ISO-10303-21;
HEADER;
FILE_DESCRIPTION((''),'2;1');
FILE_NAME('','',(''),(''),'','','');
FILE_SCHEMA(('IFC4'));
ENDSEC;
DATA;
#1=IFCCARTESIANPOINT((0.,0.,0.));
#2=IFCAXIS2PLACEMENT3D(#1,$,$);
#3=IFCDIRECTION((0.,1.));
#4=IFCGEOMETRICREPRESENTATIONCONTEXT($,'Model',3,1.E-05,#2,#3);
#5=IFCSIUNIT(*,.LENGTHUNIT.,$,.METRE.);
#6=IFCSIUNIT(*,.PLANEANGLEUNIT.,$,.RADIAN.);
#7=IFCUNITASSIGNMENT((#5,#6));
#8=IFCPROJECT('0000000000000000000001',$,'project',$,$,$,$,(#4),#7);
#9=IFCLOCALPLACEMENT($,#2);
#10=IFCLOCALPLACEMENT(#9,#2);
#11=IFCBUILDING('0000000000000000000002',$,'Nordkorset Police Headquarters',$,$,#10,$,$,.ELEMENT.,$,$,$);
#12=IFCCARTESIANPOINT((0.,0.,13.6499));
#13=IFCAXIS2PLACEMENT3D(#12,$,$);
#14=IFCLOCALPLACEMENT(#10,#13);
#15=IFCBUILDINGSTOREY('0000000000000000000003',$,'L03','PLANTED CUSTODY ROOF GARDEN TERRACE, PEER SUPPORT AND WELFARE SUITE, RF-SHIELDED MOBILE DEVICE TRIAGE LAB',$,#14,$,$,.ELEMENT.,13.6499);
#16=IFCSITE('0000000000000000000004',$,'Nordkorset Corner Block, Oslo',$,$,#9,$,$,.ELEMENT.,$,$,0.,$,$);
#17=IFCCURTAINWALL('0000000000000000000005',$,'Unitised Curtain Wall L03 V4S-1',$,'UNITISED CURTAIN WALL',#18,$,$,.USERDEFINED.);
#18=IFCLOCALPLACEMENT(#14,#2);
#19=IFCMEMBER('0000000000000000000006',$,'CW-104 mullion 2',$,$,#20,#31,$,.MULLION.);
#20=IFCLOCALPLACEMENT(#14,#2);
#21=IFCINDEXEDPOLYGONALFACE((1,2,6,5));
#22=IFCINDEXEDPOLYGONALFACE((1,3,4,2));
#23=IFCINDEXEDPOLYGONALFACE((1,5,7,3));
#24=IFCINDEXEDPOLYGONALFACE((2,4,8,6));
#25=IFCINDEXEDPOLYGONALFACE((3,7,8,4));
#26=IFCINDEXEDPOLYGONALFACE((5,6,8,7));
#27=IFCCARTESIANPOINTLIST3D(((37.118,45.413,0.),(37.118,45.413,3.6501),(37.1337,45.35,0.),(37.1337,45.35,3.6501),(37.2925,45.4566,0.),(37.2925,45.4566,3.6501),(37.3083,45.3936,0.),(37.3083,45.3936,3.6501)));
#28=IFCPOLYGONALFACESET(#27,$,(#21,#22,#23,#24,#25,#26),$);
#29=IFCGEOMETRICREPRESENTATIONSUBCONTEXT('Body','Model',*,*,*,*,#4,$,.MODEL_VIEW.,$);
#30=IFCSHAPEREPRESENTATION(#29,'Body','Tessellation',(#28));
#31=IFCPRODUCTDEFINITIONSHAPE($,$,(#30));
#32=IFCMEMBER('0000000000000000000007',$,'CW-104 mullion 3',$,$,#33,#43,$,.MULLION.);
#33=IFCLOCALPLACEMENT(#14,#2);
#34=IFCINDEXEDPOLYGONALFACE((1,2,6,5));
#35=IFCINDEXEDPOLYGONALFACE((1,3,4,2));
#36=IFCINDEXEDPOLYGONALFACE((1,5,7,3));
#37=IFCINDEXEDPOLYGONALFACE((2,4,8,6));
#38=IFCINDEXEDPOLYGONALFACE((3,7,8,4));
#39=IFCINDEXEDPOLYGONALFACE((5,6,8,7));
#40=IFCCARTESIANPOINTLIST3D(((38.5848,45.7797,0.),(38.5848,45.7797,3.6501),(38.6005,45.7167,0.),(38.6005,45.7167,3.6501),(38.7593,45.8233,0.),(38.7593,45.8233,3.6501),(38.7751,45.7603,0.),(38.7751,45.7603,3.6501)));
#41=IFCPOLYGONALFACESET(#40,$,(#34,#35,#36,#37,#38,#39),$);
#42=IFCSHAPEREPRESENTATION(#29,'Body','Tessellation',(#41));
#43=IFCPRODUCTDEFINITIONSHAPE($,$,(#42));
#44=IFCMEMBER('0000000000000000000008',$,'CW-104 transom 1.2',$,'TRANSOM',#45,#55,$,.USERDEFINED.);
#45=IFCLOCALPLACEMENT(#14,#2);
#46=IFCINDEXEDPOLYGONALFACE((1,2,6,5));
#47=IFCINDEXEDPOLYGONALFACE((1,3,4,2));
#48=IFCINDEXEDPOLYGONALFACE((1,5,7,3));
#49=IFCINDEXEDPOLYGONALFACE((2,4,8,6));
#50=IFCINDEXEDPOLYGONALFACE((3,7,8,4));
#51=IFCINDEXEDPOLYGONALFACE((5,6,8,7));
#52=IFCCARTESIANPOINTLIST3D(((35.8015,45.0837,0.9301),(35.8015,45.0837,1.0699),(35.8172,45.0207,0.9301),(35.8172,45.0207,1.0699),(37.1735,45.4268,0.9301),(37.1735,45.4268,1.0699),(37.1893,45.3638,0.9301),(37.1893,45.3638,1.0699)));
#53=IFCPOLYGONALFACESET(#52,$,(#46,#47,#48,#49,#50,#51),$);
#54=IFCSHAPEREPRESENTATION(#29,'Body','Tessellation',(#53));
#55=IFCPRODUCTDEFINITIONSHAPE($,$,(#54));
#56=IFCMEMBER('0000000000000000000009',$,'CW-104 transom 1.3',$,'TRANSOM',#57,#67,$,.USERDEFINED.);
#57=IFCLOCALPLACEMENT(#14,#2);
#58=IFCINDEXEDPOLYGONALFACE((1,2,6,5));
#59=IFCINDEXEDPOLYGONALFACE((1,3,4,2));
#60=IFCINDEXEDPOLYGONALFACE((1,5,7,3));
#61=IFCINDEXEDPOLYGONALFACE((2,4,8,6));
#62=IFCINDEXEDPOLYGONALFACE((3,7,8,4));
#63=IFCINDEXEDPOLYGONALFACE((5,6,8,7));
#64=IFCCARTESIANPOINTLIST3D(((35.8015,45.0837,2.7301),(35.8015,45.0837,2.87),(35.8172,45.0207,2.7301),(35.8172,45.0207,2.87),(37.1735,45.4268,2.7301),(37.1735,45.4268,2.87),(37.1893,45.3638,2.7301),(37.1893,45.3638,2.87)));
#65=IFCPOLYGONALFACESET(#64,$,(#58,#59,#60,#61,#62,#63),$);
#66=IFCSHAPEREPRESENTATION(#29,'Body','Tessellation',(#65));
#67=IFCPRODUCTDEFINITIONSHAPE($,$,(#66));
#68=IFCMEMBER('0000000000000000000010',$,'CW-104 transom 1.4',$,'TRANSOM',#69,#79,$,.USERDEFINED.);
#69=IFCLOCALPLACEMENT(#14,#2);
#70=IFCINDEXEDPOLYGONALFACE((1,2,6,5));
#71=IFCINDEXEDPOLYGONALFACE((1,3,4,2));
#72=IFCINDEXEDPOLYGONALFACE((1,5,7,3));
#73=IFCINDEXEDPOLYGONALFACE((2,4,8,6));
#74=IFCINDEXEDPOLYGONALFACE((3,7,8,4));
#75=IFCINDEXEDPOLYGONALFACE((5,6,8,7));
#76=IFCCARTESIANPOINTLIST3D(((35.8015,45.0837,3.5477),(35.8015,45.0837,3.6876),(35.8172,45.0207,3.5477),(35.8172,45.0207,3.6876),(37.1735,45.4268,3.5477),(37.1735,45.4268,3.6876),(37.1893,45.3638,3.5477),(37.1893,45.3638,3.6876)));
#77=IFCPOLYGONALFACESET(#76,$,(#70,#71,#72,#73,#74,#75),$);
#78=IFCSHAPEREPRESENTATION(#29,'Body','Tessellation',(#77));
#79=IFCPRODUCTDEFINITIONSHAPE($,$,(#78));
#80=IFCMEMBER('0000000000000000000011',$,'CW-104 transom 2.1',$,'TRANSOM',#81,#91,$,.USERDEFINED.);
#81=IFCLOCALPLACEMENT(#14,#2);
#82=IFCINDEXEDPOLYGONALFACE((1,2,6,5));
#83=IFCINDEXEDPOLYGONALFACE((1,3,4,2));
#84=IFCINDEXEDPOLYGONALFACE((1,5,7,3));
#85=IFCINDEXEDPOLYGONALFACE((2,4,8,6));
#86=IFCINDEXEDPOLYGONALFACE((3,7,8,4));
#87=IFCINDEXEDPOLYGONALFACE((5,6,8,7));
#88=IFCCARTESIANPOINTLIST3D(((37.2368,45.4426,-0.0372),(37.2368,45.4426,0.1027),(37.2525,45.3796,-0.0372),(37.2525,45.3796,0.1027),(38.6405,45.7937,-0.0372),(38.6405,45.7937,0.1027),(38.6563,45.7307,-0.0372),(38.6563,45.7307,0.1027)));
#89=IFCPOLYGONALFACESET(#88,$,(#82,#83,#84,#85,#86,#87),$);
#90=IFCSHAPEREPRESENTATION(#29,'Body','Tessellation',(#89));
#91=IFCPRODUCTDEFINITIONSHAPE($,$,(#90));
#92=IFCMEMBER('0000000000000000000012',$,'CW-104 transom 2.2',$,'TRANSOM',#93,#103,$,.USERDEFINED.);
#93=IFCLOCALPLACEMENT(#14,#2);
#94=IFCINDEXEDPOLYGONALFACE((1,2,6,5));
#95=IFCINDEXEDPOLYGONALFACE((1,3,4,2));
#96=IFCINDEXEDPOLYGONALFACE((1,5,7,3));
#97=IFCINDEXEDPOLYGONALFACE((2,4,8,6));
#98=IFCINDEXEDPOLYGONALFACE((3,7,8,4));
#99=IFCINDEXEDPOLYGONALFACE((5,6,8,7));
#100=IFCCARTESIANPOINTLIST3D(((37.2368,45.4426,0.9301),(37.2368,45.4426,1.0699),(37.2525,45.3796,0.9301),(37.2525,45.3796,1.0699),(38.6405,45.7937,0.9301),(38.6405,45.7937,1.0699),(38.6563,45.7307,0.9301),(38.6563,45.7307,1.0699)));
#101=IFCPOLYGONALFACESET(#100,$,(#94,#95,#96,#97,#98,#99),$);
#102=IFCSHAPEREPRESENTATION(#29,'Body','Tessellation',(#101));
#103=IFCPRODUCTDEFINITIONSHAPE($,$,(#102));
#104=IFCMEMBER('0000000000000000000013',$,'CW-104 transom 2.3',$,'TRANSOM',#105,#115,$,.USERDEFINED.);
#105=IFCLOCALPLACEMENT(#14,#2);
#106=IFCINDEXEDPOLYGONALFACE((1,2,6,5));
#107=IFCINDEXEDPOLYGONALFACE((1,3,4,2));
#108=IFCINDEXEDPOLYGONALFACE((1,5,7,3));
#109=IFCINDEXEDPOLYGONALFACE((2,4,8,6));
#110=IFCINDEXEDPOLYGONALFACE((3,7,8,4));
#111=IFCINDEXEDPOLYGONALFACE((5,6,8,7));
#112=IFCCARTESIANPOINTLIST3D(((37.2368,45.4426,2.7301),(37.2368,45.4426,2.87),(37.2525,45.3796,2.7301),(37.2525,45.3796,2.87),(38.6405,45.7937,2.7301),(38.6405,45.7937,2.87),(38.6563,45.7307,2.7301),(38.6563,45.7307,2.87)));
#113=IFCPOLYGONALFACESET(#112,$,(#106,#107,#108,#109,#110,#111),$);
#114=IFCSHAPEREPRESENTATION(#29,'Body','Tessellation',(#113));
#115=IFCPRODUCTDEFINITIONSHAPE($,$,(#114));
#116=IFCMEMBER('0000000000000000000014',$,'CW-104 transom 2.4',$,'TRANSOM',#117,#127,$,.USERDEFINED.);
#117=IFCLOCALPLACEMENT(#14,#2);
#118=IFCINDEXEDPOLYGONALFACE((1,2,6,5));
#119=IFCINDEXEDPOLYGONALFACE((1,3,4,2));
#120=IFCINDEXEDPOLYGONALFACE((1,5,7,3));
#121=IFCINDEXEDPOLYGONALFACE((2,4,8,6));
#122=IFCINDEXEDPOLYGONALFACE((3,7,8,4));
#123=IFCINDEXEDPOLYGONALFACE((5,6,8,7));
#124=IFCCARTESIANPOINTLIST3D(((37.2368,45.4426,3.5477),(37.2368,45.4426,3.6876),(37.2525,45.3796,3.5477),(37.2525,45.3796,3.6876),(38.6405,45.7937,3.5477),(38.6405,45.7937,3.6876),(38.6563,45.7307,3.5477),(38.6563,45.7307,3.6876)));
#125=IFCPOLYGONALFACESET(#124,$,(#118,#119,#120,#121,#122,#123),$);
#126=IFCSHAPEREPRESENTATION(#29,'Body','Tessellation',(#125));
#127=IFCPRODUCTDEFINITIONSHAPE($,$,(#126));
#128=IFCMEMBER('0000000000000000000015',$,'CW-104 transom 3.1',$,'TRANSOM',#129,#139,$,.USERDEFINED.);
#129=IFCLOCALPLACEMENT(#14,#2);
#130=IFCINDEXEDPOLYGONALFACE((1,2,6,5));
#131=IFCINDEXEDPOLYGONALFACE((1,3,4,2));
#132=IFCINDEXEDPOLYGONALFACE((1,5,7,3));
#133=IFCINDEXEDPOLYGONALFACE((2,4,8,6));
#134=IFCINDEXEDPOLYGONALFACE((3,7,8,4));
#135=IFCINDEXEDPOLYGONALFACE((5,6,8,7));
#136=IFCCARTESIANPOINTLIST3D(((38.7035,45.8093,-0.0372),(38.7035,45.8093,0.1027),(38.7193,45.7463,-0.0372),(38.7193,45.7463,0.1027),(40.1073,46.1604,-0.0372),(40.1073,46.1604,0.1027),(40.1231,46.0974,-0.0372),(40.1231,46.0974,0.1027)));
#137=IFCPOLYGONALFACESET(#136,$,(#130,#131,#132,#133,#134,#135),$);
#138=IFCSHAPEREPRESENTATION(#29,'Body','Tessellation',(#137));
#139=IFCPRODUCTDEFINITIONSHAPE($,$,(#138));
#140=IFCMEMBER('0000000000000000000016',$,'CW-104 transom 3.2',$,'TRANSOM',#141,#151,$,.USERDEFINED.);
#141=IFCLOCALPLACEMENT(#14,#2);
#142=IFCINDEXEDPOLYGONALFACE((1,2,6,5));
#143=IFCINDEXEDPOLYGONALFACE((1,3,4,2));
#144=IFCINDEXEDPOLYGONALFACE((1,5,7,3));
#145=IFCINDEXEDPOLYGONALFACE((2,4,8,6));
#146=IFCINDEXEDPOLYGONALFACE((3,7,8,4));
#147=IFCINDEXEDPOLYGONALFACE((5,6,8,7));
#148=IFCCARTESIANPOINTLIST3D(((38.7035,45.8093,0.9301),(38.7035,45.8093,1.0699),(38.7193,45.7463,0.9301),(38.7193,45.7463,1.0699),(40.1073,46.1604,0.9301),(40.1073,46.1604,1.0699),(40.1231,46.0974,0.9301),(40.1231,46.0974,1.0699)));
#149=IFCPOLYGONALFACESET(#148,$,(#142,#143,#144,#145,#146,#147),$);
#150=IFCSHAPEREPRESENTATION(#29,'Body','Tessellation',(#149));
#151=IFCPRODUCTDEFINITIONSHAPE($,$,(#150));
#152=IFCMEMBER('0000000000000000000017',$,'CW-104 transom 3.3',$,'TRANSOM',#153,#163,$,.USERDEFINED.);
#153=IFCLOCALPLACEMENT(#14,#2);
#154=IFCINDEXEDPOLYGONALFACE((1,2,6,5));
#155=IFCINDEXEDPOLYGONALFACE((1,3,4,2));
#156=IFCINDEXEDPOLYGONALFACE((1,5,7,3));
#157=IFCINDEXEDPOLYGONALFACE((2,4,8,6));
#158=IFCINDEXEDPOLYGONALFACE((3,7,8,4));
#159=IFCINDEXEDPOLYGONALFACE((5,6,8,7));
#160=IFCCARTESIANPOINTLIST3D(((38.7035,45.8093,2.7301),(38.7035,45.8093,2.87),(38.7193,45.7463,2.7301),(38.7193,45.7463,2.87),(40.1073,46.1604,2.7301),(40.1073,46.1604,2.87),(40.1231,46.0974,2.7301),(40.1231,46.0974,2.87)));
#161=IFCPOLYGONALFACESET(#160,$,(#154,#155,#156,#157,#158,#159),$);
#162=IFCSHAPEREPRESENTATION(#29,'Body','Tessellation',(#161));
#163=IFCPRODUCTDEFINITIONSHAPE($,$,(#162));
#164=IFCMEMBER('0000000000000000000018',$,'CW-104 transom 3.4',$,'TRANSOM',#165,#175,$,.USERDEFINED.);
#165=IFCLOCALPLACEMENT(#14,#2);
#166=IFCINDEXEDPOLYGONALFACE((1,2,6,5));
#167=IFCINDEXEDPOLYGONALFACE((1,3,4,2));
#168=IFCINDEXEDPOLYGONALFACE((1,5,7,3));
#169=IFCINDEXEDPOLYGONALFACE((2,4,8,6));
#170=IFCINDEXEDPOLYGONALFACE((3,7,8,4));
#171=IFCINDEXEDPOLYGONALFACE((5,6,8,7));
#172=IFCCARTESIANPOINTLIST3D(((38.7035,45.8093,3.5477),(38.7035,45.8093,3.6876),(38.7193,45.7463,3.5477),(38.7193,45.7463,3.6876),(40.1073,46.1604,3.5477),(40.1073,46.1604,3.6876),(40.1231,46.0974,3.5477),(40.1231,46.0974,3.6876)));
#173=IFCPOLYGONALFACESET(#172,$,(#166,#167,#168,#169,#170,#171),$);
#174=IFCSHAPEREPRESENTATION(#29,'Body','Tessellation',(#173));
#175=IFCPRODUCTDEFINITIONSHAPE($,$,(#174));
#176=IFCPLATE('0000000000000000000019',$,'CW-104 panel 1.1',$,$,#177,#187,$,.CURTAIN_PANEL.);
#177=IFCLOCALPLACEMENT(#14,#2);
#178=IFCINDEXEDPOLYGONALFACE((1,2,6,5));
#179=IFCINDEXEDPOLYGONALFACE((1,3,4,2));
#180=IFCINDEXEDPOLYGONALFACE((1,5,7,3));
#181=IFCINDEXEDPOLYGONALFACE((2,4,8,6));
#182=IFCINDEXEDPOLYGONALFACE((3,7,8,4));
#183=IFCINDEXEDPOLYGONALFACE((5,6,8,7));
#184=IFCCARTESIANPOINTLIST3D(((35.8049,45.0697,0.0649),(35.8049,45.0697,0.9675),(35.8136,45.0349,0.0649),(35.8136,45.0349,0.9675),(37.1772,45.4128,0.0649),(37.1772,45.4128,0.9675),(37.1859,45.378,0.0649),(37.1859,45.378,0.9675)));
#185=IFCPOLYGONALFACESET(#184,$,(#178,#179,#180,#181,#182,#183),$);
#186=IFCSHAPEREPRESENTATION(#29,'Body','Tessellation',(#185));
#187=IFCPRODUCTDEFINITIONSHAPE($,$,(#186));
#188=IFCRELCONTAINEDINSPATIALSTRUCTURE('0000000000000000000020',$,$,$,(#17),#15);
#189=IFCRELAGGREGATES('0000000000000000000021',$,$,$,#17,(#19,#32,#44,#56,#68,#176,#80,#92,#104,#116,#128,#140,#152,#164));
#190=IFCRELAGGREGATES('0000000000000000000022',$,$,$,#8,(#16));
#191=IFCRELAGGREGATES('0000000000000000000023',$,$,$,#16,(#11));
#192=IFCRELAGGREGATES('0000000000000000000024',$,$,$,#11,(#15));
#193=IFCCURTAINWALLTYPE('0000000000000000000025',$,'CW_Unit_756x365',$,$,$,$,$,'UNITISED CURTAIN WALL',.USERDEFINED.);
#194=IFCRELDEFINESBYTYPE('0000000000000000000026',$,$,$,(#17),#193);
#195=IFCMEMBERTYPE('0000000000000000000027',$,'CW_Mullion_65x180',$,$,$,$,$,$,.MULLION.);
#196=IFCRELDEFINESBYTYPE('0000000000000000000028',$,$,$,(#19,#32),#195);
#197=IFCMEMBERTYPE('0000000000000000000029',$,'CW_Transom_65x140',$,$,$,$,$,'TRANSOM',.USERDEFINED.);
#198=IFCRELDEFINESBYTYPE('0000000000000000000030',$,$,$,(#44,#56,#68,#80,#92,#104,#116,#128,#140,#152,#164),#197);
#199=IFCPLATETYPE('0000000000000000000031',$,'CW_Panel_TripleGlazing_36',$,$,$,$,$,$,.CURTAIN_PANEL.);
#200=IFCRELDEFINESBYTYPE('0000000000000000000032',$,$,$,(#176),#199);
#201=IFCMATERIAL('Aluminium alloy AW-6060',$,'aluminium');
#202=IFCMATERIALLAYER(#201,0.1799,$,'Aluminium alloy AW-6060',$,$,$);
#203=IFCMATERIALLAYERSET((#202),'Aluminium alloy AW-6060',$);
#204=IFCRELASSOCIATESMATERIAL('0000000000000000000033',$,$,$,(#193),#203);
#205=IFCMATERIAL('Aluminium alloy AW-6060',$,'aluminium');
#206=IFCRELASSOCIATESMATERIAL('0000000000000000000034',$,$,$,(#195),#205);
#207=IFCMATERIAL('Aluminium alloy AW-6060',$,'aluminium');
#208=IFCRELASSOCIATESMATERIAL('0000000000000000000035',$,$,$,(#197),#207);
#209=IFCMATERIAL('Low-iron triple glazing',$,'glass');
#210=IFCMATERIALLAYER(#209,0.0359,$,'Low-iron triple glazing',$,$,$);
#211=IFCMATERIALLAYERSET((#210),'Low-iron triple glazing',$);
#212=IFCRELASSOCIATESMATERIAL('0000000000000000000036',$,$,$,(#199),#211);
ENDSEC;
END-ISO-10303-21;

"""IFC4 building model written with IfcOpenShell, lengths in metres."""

from ifc_helpers import new_model, si_unit, direction, frame, origin, origin_2d, place, context, subcontext, project, spatial, rectangle, extrude, material, layer, layer_set, material_profile, profile_set, type_object, element, aggregate, save


model = new_model("IFC4")

# Units and contexts
model_context = context("Model", 3, precision=1e-05, world=origin(), true_north=direction((0.0, 1.0)))
body_context = subcontext(model_context, "Body", "Model", "MODEL_VIEW")
ifc_project = project(units=[si_unit("LENGTHUNIT", "METRE"), si_unit("PLANEANGLEUNIT", "RADIAN")], contexts=[model_context])

# Site, building, storey
site_placement = place(None, origin())
site = spatial("IfcSite", under=ifc_project, at=site_placement, Name="Nordkorset Corner Block, Oslo", CompositionType="ELEMENT", RefElevation=0.0)
building_placement = place(site_placement, origin())
building = spatial("IfcBuilding", under=site, at=building_placement, Name="Nordkorset Police Headquarters", CompositionType="ELEMENT")
storey_placement = place(building_placement, frame((0.0, 0.0, 13.6499)))
storey = spatial("IfcBuildingStorey", under=building, at=storey_placement, Name="L03", Description="PLANTED CUSTODY ROOF GARDEN TERRACE, PEER SUPPORT AND WELFARE SUITE, RF-SHIELDED MOBILE DEVICE TRIAGE LAB", CompositionType="ELEMENT", Elevation=13.6499)

# Curtain wall, members, plate
ifc_material_1 = material(Name="Aluminium alloy AW-6060", Category="aluminium")
ifc_layer_1 = layer(ifc_material_1, 0.1799, Name="Aluminium alloy AW-6060")
ifc_layer_set_1 = layer_set([ifc_layer_1], Name="Aluminium alloy AW-6060")
curtain_wall_type = type_object("IfcCurtainWallType", Name="CW_Unit_756x365", ElementType="UNITISED CURTAIN WALL", PredefinedType="USERDEFINED", material=ifc_layer_set_1)
curtain_wall_placement = place(storey_placement, origin())
curtain_wall = element("IfcCurtainWall", 1, at=curtain_wall_placement, inside=storey, type_object=curtain_wall_type, Name="Unitised Curtain Wall L03 V4S-1", ObjectType="UNITISED CURTAIN WALL", PredefinedType="USERDEFINED")
ifc_material_2 = material(Name="Aluminium alloy AW-6060", Category="aluminium")
ifc_material_profile_1 = material_profile(ifc_material_2, rectangle(XDim=0.0649, YDim=0.1799, at=origin_2d()), Name="ALU MULL 65x180")
ifc_profile_set_1 = profile_set([ifc_material_profile_1], Name="Aluminium alloy AW-6060")
member_type_1 = type_object("IfcMemberType", Name="CW_Mullion_65x180", PredefinedType="MULLION", material=ifc_profile_set_1)
member_1_placement = place(storey_placement, frame((37.2131, 45.4033, 0.0), z_axis=(0.0, 0.0, 1.0), x_axis=(-0.242536, 0.970143, 0.0)))
member_1 = element("IfcMember", 2, at=member_1_placement, type_object=member_type_1, Name="CW-104 mullion 2", PredefinedType="MULLION", context=body_context, shape_type="SweptSolid", body=[
    extrude(rectangle(XDim=0.0649, YDim=0.1799, at=origin_2d()), origin(), (0.0, 0.0, 1.0), 3.6501),
])
member_2_placement = place(storey_placement, frame((38.6799, 45.77, 0.0), z_axis=(0.0, 0.0, 1.0), x_axis=(-0.242536, 0.970143, 0.0)))
member_2 = element("IfcMember", 3, at=member_2_placement, type_object=member_type_1, Name="CW-104 mullion 3", PredefinedType="MULLION", context=body_context, shape_type="SweptSolid", body=[
    extrude(rectangle(XDim=0.0649, YDim=0.1799, at=origin_2d()), origin(), (0.0, 0.0, 1.0), 3.6501),
])
ifc_material_3 = material(Name="Aluminium alloy AW-6060", Category="aluminium")
ifc_material_profile_2 = material_profile(ifc_material_3, rectangle(XDim=0.0649, YDim=0.1399, at=origin_2d()), Name="ALU TRAN 65x140")
ifc_profile_set_2 = profile_set([ifc_material_profile_2], Name="Aluminium alloy AW-6060")
member_type_2 = type_object("IfcMemberType", Name="CW_Transom_65x140", ElementType="TRANSOM", PredefinedType="USERDEFINED", material=ifc_profile_set_2)
member_3_placement = place(storey_placement, frame((35.8093, 45.0522, 1.0), z_axis=(0.970143, 0.242536, 0.0), x_axis=(-0.242536, 0.970143, 0.0)))
member_3 = element("IfcMember", 4, at=member_3_placement, type_object=member_type_2, Name="CW-104 transom 1.2", ObjectType="TRANSOM", PredefinedType="USERDEFINED", context=body_context, shape_type="SweptSolid", body=[
    extrude(rectangle(XDim=0.0649, YDim=0.1399, at=origin_2d()), origin(), (0.0, 0.0, 1.0), 1.4143),
])
member_4_placement = place(storey_placement, frame((35.8093, 45.0522, 2.8), z_axis=(0.970143, 0.242536, 0.0), x_axis=(-0.242536, 0.970143, 0.0)))
member_4 = element("IfcMember", 5, at=member_4_placement, type_object=member_type_2, Name="CW-104 transom 1.3", ObjectType="TRANSOM", PredefinedType="USERDEFINED", context=body_context, shape_type="SweptSolid", body=[
    extrude(rectangle(XDim=0.0649, YDim=0.1399, at=origin_2d()), origin(), (0.0, 0.0, 1.0), 1.4143),
])
member_5_placement = place(storey_placement, frame((35.8093, 45.0522, 3.6177), z_axis=(0.970143, 0.242536, 0.0), x_axis=(-0.242536, 0.970143, 0.0)))
member_5 = element("IfcMember", 6, at=member_5_placement, type_object=member_type_2, Name="CW-104 transom 1.4", ObjectType="TRANSOM", PredefinedType="USERDEFINED", context=body_context, shape_type="SweptSolid", body=[
    extrude(rectangle(XDim=0.0649, YDim=0.1399, at=origin_2d()), origin(), (0.0, 0.0, 1.0), 1.4143),
])
member_6_placement = place(storey_placement, frame((37.2446, 45.4111, 0.0327), z_axis=(0.970123, 0.242615, 0.0), x_axis=(-0.242615, 0.970123, 0.0)))
member_6 = element("IfcMember", 7, at=member_6_placement, type_object=member_type_2, Name="CW-104 transom 2.1", ObjectType="TRANSOM", PredefinedType="USERDEFINED", context=body_context, shape_type="SweptSolid", body=[
    extrude(rectangle(XDim=0.0649, YDim=0.1399, at=origin_2d()), origin(), (0.0, 0.0, 1.0), 1.447),
])
member_7_placement = place(storey_placement, frame((37.2446, 45.4111, 1.0), z_axis=(0.970123, 0.242615, 0.0), x_axis=(-0.242615, 0.970123, 0.0)))
member_7 = element("IfcMember", 8, at=member_7_placement, type_object=member_type_2, Name="CW-104 transom 2.2", ObjectType="TRANSOM", PredefinedType="USERDEFINED", context=body_context, shape_type="SweptSolid", body=[
    extrude(rectangle(XDim=0.0649, YDim=0.1399, at=origin_2d()), origin(), (0.0, 0.0, 1.0), 1.447),
])
member_8_placement = place(storey_placement, frame((37.2446, 45.4111, 2.8), z_axis=(0.970123, 0.242615, 0.0), x_axis=(-0.242615, 0.970123, 0.0)))
member_8 = element("IfcMember", 9, at=member_8_placement, type_object=member_type_2, Name="CW-104 transom 2.3", ObjectType="TRANSOM", PredefinedType="USERDEFINED", context=body_context, shape_type="SweptSolid", body=[
    extrude(rectangle(XDim=0.0649, YDim=0.1399, at=origin_2d()), origin(), (0.0, 0.0, 1.0), 1.447),
])
member_9_placement = place(storey_placement, frame((37.2446, 45.4111, 3.6177), z_axis=(0.970123, 0.242615, 0.0), x_axis=(-0.242615, 0.970123, 0.0)))
member_9 = element("IfcMember", 10, at=member_9_placement, type_object=member_type_2, Name="CW-104 transom 2.4", ObjectType="TRANSOM", PredefinedType="USERDEFINED", context=body_context, shape_type="SweptSolid", body=[
    extrude(rectangle(XDim=0.0649, YDim=0.1399, at=origin_2d()), origin(), (0.0, 0.0, 1.0), 1.447),
])
member_10_placement = place(storey_placement, frame((38.7114, 45.7778, 0.0327), z_axis=(0.970123, 0.242615, 0.0), x_axis=(-0.242615, 0.970123, 0.0)))
member_10 = element("IfcMember", 11, at=member_10_placement, type_object=member_type_2, Name="CW-104 transom 3.1", ObjectType="TRANSOM", PredefinedType="USERDEFINED", context=body_context, shape_type="SweptSolid", body=[
    extrude(rectangle(XDim=0.0649, YDim=0.1399, at=origin_2d()), origin(), (0.0, 0.0, 1.0), 1.447),
])
member_11_placement = place(storey_placement, frame((38.7114, 45.7778, 1.0), z_axis=(0.970123, 0.242615, 0.0), x_axis=(-0.242615, 0.970123, 0.0)))
member_11 = element("IfcMember", 12, at=member_11_placement, type_object=member_type_2, Name="CW-104 transom 3.2", ObjectType="TRANSOM", PredefinedType="USERDEFINED", context=body_context, shape_type="SweptSolid", body=[
    extrude(rectangle(XDim=0.0649, YDim=0.1399, at=origin_2d()), origin(), (0.0, 0.0, 1.0), 1.447),
])
member_12_placement = place(storey_placement, frame((38.7114, 45.7778, 2.8), z_axis=(0.970123, 0.242615, 0.0), x_axis=(-0.242615, 0.970123, 0.0)))
member_12 = element("IfcMember", 13, at=member_12_placement, type_object=member_type_2, Name="CW-104 transom 3.3", ObjectType="TRANSOM", PredefinedType="USERDEFINED", context=body_context, shape_type="SweptSolid", body=[
    extrude(rectangle(XDim=0.0649, YDim=0.1399, at=origin_2d()), origin(), (0.0, 0.0, 1.0), 1.447),
])
member_13_placement = place(storey_placement, frame((38.7114, 45.7778, 3.6177), z_axis=(0.970123, 0.242615, 0.0), x_axis=(-0.242615, 0.970123, 0.0)))
member_13 = element("IfcMember", 14, at=member_13_placement, type_object=member_type_2, Name="CW-104 transom 3.4", ObjectType="TRANSOM", PredefinedType="USERDEFINED", context=body_context, shape_type="SweptSolid", body=[
    extrude(rectangle(XDim=0.0649, YDim=0.1399, at=origin_2d()), origin(), (0.0, 0.0, 1.0), 1.447),
])
ifc_material_4 = material(Name="Low-iron triple glazing", Category="glass")
ifc_layer_2 = layer(ifc_material_4, 0.0359, Name="Low-iron triple glazing")
ifc_layer_set_2 = layer_set([ifc_layer_2], Name="Low-iron triple glazing")
plate_type = type_object("IfcPlateType", Name="CW_Panel_TripleGlazing_36", PredefinedType="CURTAIN_PANEL", material=ifc_layer_set_2)
plate_1_placement = place(storey_placement, frame((36.4954, 45.2239, 0.0649), z_axis=(0.0, 0.0, 1.0), x_axis=(0.970143, 0.242536, 0.0)))
plate_1 = element("IfcPlate", 15, at=plate_1_placement, type_object=plate_type, Name="CW-104 panel 1.1", PredefinedType="CURTAIN_PANEL", context=body_context, shape_type="SweptSolid", body=[
    extrude(rectangle(XDim=1.4146, YDim=0.0359, at=origin_2d()), origin(), (0.0, 0.0, 1.0), 0.9026),
])
aggregate(curtain_wall, [member_1, member_2, member_3, member_4, member_5, plate_1, member_6, member_7, member_8, member_9, member_10, member_11, member_12, member_13])

save(model, "model.ifc")
